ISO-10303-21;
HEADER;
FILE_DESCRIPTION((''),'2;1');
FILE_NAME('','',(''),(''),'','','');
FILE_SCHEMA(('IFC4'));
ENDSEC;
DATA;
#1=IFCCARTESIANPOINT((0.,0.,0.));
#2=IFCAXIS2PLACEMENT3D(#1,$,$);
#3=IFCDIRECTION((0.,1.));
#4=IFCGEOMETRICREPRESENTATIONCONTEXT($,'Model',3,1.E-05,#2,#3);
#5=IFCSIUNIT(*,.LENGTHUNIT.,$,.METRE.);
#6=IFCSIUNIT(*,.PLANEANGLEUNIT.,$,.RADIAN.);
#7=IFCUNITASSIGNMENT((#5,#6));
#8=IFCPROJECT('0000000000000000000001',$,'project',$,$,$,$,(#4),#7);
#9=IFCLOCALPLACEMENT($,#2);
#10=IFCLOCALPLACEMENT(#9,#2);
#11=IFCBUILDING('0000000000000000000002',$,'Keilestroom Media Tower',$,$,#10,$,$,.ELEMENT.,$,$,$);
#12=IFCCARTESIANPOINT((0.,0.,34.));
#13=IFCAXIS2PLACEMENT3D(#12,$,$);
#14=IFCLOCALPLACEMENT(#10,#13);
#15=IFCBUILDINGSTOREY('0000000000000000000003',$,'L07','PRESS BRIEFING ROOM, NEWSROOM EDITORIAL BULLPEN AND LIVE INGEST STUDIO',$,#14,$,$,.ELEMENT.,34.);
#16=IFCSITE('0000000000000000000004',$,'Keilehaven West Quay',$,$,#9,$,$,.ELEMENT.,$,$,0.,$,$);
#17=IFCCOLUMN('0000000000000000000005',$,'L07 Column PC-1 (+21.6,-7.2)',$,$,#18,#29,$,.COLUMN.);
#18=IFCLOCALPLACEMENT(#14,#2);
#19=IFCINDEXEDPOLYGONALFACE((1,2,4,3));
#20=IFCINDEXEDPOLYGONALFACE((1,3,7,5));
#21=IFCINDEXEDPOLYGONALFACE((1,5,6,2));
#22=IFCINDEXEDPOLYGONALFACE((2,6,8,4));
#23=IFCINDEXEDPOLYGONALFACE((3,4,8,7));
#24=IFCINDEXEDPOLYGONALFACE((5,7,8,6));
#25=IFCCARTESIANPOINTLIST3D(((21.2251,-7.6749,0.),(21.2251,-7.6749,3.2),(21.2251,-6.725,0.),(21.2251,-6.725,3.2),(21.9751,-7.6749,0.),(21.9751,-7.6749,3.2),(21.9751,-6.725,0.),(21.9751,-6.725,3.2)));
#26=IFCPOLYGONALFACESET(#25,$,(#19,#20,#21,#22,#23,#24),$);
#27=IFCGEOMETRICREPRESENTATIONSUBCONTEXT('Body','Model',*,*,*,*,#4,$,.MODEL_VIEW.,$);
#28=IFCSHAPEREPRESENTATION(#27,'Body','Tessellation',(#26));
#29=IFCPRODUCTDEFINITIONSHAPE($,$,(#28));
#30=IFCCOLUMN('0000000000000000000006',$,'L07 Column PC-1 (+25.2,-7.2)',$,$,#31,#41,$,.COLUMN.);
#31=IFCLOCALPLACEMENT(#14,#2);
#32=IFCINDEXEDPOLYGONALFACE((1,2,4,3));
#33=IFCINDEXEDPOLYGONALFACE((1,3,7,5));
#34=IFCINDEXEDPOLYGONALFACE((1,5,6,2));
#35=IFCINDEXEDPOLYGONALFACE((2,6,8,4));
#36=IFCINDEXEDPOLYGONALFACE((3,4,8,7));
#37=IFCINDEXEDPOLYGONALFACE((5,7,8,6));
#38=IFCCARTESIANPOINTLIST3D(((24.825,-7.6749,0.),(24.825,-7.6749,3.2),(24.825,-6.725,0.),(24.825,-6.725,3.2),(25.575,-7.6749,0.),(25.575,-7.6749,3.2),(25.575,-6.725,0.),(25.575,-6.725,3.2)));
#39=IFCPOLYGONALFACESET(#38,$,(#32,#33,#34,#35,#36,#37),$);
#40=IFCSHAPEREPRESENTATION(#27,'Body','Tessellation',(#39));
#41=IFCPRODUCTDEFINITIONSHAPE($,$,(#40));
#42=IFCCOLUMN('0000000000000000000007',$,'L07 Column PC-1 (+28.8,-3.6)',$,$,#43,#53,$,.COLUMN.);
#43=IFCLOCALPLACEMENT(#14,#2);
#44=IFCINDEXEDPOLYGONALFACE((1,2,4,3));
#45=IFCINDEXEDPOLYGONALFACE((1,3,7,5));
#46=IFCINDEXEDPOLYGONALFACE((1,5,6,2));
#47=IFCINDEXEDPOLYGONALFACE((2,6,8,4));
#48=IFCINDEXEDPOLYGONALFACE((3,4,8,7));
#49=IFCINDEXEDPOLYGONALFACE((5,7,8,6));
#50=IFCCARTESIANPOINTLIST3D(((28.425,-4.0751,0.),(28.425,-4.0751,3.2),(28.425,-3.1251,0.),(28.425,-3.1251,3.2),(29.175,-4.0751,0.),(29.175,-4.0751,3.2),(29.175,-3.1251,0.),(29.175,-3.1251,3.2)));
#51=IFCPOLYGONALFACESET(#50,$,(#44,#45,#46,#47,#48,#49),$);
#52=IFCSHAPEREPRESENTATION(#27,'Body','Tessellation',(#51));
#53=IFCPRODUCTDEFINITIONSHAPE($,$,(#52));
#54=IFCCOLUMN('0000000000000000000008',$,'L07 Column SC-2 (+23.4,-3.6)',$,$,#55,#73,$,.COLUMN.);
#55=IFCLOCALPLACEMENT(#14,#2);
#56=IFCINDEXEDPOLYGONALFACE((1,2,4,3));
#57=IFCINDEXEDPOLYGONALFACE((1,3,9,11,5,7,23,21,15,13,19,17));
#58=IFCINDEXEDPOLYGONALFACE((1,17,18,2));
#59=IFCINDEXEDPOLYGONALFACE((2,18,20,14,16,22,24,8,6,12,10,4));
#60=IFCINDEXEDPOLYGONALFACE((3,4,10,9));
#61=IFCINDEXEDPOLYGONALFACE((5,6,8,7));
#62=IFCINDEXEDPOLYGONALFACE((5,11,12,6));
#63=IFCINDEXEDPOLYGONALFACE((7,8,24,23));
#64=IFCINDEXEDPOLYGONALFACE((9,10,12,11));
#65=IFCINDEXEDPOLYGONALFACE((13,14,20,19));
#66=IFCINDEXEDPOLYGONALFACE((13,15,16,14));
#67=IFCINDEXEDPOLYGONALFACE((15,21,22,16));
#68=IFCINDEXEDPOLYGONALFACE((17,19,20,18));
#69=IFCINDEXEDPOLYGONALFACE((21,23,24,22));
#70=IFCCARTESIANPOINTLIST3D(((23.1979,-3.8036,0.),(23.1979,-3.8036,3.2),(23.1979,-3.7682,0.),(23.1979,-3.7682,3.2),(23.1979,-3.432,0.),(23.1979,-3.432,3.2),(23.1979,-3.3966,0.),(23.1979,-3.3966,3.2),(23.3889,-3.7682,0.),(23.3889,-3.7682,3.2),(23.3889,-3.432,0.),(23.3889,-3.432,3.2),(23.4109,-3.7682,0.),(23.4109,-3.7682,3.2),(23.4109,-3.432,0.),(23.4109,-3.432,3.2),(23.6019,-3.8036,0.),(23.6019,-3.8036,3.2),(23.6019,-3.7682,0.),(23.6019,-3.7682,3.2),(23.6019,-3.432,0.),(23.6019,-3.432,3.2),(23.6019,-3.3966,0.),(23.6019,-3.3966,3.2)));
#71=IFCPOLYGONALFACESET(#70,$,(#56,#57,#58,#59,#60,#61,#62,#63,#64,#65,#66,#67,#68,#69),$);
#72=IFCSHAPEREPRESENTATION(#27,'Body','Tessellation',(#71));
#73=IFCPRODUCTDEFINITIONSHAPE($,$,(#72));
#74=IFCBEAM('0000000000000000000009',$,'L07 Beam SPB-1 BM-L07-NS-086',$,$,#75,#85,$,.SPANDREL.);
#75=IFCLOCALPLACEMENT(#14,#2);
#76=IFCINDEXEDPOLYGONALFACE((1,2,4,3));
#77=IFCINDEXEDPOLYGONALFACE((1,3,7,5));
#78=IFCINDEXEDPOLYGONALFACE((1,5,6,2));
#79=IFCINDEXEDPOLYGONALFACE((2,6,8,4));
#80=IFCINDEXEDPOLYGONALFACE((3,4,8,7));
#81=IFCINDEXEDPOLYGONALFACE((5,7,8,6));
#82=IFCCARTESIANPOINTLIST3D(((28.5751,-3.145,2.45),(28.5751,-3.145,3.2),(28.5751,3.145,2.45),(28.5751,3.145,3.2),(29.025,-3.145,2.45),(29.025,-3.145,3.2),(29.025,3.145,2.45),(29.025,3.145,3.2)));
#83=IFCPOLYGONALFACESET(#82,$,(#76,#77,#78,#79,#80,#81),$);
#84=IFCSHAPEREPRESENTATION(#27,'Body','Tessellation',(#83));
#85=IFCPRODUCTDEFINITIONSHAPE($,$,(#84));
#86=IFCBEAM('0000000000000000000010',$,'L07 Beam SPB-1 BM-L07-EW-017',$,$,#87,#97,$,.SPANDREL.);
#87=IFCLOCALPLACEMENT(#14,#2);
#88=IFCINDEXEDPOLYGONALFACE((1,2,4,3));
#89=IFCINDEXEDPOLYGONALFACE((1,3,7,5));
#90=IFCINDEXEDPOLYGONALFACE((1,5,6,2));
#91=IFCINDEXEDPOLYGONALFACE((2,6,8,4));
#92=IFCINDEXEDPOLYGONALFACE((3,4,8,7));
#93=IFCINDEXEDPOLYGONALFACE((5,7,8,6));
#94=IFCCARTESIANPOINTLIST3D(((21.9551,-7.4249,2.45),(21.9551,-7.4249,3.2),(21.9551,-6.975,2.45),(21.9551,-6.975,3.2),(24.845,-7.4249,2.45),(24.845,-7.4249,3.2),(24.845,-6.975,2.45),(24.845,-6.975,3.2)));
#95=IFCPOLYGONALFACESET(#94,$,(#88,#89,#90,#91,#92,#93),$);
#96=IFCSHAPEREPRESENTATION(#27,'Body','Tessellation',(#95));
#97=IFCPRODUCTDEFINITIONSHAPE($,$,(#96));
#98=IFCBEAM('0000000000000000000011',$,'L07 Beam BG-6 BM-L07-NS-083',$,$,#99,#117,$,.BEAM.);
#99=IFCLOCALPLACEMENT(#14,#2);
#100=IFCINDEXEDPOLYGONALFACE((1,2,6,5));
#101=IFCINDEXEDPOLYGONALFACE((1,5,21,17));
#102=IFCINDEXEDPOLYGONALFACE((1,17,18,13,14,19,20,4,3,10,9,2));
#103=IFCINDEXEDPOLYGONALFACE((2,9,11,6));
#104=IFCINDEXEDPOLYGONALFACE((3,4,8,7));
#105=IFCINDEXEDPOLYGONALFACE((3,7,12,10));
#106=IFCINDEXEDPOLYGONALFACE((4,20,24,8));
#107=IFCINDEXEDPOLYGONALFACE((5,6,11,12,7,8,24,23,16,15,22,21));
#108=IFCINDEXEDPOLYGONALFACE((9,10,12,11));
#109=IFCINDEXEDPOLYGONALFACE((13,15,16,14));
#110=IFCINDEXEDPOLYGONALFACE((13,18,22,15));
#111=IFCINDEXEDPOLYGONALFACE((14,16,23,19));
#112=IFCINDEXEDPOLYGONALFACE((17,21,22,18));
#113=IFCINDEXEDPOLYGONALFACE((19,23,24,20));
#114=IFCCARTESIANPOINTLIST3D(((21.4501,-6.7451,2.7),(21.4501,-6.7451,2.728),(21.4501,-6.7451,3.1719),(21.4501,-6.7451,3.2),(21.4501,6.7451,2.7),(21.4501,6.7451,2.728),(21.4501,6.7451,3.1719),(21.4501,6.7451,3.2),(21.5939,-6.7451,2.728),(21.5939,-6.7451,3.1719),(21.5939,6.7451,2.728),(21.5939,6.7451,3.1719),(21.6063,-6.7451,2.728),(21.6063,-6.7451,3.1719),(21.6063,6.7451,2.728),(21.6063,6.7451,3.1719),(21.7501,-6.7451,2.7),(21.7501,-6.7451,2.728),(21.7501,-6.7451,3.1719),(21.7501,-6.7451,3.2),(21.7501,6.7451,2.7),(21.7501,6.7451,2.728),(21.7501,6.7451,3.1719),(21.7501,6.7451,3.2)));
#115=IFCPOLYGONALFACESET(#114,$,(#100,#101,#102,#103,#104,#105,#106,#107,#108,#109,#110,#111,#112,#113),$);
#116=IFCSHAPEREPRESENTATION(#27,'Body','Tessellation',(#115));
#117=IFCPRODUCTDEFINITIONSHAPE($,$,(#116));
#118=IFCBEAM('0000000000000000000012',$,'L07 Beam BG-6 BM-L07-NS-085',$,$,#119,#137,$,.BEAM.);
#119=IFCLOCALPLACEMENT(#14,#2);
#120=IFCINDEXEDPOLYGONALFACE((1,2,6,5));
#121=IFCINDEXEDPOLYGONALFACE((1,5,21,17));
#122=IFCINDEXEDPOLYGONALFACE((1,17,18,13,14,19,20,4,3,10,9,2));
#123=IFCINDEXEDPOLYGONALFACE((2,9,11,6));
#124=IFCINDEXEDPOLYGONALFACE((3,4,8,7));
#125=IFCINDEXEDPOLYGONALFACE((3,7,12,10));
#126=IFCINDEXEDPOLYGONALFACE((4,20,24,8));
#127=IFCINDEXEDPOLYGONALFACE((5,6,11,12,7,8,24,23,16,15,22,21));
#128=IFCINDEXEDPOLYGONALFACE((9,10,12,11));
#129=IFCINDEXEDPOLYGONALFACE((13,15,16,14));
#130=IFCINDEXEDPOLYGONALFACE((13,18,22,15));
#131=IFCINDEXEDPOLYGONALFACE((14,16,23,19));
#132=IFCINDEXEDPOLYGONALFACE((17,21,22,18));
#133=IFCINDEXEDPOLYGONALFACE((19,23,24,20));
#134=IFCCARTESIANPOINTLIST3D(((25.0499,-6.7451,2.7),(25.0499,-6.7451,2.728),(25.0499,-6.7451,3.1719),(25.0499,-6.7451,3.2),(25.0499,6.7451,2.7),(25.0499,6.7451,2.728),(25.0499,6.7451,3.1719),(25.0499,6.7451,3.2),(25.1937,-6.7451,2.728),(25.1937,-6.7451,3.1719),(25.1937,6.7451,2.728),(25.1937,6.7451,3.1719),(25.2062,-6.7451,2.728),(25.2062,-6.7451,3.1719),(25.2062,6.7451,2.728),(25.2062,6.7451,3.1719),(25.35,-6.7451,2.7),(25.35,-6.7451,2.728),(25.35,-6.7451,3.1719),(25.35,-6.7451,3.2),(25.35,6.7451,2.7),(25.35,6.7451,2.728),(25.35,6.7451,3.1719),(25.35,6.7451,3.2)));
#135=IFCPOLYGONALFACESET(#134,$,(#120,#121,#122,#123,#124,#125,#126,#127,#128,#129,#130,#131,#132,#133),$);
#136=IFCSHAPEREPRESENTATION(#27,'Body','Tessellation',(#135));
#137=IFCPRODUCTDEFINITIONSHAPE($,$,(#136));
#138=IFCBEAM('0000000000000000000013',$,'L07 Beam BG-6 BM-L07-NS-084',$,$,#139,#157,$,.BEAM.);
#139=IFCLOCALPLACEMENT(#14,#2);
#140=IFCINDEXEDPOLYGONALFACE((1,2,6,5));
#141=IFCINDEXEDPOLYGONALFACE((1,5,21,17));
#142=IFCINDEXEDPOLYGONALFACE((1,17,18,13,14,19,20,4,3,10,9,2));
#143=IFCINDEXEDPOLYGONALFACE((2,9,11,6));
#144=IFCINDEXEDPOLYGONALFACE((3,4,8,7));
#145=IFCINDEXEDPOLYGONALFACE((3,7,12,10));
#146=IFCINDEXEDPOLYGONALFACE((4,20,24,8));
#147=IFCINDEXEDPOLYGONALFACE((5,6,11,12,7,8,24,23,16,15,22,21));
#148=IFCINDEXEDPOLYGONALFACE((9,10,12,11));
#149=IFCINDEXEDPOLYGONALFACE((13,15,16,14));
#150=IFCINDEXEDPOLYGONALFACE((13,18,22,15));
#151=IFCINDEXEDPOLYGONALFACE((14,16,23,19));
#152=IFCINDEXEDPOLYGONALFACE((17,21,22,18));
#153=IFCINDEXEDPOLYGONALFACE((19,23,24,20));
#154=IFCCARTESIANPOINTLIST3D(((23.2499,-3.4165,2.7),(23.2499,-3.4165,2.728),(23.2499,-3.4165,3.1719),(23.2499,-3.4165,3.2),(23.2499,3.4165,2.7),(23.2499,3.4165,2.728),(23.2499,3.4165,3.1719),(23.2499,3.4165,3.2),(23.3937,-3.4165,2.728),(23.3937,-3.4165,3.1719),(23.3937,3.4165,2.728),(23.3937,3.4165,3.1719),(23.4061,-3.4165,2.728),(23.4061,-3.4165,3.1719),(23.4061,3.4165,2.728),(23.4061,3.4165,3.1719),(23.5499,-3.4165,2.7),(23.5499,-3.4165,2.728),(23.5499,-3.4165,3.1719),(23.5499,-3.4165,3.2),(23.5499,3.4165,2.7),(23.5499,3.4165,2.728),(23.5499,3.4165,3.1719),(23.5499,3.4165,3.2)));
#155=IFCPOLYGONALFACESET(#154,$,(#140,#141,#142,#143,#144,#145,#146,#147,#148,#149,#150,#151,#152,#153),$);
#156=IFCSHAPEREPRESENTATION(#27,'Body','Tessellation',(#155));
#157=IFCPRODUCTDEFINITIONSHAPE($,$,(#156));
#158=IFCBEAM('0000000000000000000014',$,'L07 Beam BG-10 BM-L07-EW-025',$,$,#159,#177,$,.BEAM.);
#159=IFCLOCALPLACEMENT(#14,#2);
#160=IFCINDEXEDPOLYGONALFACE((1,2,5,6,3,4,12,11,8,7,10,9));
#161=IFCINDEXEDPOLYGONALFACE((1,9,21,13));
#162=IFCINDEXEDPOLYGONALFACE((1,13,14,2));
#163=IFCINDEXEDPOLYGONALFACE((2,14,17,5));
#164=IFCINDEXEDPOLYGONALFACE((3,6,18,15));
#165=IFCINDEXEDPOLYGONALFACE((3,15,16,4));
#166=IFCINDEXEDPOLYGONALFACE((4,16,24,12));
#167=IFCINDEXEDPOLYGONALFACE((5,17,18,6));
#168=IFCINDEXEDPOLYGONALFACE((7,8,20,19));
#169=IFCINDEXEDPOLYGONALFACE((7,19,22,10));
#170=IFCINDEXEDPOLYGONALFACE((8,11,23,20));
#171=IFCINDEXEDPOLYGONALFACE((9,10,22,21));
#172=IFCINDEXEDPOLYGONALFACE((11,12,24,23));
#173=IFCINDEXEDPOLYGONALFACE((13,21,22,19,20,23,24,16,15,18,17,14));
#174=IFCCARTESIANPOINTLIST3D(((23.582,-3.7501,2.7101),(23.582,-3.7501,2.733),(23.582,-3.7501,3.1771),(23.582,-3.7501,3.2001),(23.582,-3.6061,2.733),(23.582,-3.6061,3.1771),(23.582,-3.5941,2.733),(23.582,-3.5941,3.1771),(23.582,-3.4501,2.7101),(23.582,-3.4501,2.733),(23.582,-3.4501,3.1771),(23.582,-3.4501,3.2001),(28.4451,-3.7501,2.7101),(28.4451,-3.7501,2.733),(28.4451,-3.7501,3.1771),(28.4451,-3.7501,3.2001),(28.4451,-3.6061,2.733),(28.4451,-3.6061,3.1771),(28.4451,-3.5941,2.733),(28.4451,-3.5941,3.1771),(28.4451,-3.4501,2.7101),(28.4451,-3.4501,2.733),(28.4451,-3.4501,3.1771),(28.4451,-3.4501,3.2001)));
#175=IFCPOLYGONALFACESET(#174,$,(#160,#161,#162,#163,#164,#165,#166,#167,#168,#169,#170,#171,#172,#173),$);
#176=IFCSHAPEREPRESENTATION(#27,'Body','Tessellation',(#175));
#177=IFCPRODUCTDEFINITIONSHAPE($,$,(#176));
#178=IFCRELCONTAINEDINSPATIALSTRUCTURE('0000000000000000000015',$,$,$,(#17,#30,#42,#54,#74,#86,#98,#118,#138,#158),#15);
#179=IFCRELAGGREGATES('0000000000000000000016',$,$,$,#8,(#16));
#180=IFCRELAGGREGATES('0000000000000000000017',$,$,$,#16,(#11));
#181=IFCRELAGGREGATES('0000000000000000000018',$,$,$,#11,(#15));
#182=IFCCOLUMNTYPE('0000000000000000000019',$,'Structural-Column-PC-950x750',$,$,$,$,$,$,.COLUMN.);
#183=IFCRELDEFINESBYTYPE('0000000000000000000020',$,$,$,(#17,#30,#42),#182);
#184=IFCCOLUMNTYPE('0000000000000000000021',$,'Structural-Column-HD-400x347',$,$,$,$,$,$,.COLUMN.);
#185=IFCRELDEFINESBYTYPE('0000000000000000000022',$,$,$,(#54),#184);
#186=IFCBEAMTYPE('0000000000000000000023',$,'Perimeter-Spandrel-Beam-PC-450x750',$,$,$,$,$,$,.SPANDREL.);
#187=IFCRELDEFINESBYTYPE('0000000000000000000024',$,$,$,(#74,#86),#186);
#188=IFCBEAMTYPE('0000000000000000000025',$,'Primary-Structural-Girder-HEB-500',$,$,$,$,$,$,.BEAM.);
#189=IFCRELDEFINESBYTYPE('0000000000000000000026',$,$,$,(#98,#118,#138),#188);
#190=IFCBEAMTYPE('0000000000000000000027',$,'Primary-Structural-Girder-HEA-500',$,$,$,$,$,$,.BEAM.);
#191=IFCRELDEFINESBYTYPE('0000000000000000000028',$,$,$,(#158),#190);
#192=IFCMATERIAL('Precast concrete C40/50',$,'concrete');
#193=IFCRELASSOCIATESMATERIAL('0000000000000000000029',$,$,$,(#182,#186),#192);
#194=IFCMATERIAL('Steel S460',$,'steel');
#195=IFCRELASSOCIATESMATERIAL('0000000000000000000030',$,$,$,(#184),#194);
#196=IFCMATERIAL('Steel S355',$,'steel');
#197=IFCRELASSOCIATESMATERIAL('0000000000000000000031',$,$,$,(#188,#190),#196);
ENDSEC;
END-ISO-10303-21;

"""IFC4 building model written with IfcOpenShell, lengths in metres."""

from ifc_helpers import new_model, si_unit, direction, frame, origin, origin_2d, place, context, subcontext, project, spatial, rectangle, i_section, extrude, source, transform, mapped, material, material_profile, profile_set, type_object, element, save


model = new_model("IFC4")

# Units and contexts
model_context = context("Model", 3, precision=1e-05, world=origin(), true_north=direction((0.0, 1.0)))
body_context = subcontext(model_context, "Body", "Model", "MODEL_VIEW")
ifc_project = project(units=[si_unit("LENGTHUNIT", "METRE"), si_unit("PLANEANGLEUNIT", "RADIAN")], contexts=[model_context])

# Site, building, storey
site_placement = place(None, origin())
site = spatial("IfcSite", under=ifc_project, at=site_placement, Name="Keilehaven West Quay", CompositionType="ELEMENT", RefElevation=0.0)
building_placement = place(site_placement, origin())
building = spatial("IfcBuilding", under=site, at=building_placement, Name="Keilestroom Media Tower", CompositionType="ELEMENT")
storey_placement = place(building_placement, frame((0.0, 0.0, 34.0)))
storey = spatial("IfcBuildingStorey", under=building, at=storey_placement, Name="L07", Description="PRESS BRIEFING ROOM, NEWSROOM EDITORIAL BULLPEN AND LIVE INGEST STUDIO", CompositionType="ELEMENT", Elevation=34.0)

# Columns
ifc_material_1 = material(Name="Precast concrete C40/50", Category="concrete")
ifc_material_profile_1 = material_profile(ifc_material_1, rectangle(XDim=0.75, YDim=0.95, at=origin_2d()), Name="PC 950x750")
ifc_profile_set_1 = profile_set([ifc_material_profile_1], Name="Precast concrete C40/50")
column_type_1 = type_object("IfcColumnType", Name="Structural-Column-PC-950x750", PredefinedType="COLUMN", material=ifc_profile_set_1)
shared_shape_1 = source(origin(), body_context, "Body", "SweptSolid", [
    extrude(rectangle(XDim=0.75, YDim=0.95, at=origin_2d()), origin(), (0.0, 0.0, 1.0), 3.2),
])
for number, where, z_axis, x_axis, name in (
    (1, (21.6001, -7.2, 0.0), (0.0, 0.0, 1.0), (1.0, 0.0, 0.0), "L07 Column PC-1 (+21.6,-7.2)"),
    (2, (25.2, -7.2, 0.0), (0.0, 0.0, 1.0), (1.0, 0.0, 0.0), "L07 Column PC-1 (+25.2,-7.2)"),
    (3, (28.8, -3.6001, 0.0), (0.0, 0.0, 1.0), (1.0, 0.0, 0.0), "L07 Column PC-1 (+28.8,-3.6)"),
):
    element("IfcColumn", number, at=place(storey_placement, frame(where, z_axis=z_axis, x_axis=x_axis)), inside=storey, type_object=column_type_1, Name=name, PredefinedType="COLUMN", context=body_context, shape_type="MappedRepresentation", body=[
        mapped(shared_shape_1, transform((0.0, 0.0, 0.0), x_axis=(1.0, 0.0, 0.0), y_axis=(0.0, 1.0, 0.0), z_axis=(0.0, 0.0, 1.0), scale=1.0)),
    ])
ifc_material_2 = material(Name="Steel S460", Category="steel")
ifc_material_profile_2 = material_profile(ifc_material_2, i_section(OverallWidth=0.4041, OverallDepth=0.407, WebThickness=0.022, FlangeThickness=0.0354, at=origin_2d()), Name="HD 400x347")
ifc_profile_set_2 = profile_set([ifc_material_profile_2], Name="Steel S460")
column_type_2 = type_object("IfcColumnType", Name="Structural-Column-HD-400x347", PredefinedType="COLUMN", material=ifc_profile_set_2)
shared_shape_2 = source(origin(), body_context, "Body", "SweptSolid", [
    extrude(i_section(OverallWidth=0.4041, OverallDepth=0.407, WebThickness=0.022, FlangeThickness=0.0354, at=origin_2d()), origin(), (0.0, 0.0, 1.0), 3.2),
])
column_placement = place(storey_placement, frame((23.3999, -3.6001, 0.0), z_axis=(0.0, 0.0, 1.0), x_axis=(1.0, 0.0, 0.0)))
element("IfcColumn", 4, at=column_placement, inside=storey, type_object=column_type_2, Name="L07 Column SC-2 (+23.4,-3.6)", PredefinedType="COLUMN", context=body_context, shape_type="MappedRepresentation", body=[
    mapped(shared_shape_2, transform((0.0, 0.0, 0.0), x_axis=(1.0, 0.0, 0.0), y_axis=(0.0, 1.0, 0.0), z_axis=(0.0, 0.0, 1.0), scale=1.0)),
])

# Beams
ifc_material_profile_3 = material_profile(ifc_material_1, rectangle(XDim=0.45, YDim=0.75, at=origin_2d()), Name="PC 450x750")
ifc_profile_set_3 = profile_set([ifc_material_profile_3], Name="Precast concrete C40/50")
beam_type_1 = type_object("IfcBeamType", Name="Perimeter-Spandrel-Beam-PC-450x750", PredefinedType="SPANDREL", material=ifc_profile_set_3)
shared_shape_3 = source(origin(), body_context, "Body", "SweptSolid", [
    extrude(rectangle(XDim=0.45, YDim=0.75, at=origin_2d()), origin(), (0.0, 0.0, 1.0), 6.29),
])
beam_1_placement = place(storey_placement, frame((28.8, -3.145, 2.825), z_axis=(0.0, 1.0, 0.0), x_axis=(-1.0, 0.0, 0.0)))
element("IfcBeam", 5, at=beam_1_placement, inside=storey, type_object=beam_type_1, Name="L07 Beam SPB-1 BM-L07-NS-086", PredefinedType="SPANDREL", context=body_context, shape_type="MappedRepresentation", body=[
    mapped(shared_shape_3, transform((0.0, 0.0, 0.0), x_axis=(1.0, 0.0, 0.0), y_axis=(0.0, 1.0, 0.0), z_axis=(0.0, 0.0, 1.0), scale=1.0)),
])
shared_shape_4 = source(origin(), body_context, "Body", "SweptSolid", [
    extrude(rectangle(XDim=0.45, YDim=0.75, at=origin_2d()), origin(), (0.0, 0.0, 1.0), 2.8899),
])
beam_2_placement = place(storey_placement, frame((21.9551, -7.2, 2.825), z_axis=(1.0, 0.0, 0.0), x_axis=(0.0, 1.0, 0.0)))
element("IfcBeam", 6, at=beam_2_placement, inside=storey, type_object=beam_type_1, Name="L07 Beam SPB-1 BM-L07-EW-017", PredefinedType="SPANDREL", context=body_context, shape_type="MappedRepresentation", body=[
    mapped(shared_shape_4, transform((0.0, 0.0, 0.0), x_axis=(1.0, 0.0, 0.0), y_axis=(0.0, 1.0, 0.0), z_axis=(0.0, 0.0, 1.0), scale=1.0)),
])
ifc_material_3 = material(Name="Steel S355", Category="steel")
ifc_material_profile_4 = material_profile(ifc_material_3, i_section(OverallWidth=0.3, OverallDepth=0.5, WebThickness=0.0125, FlangeThickness=0.0281, at=origin_2d()), Name="HEB 500")
ifc_profile_set_4 = profile_set([ifc_material_profile_4], Name="Steel S355")
beam_type_2 = type_object("IfcBeamType", Name="Primary-Structural-Girder-HEB-500", PredefinedType="BEAM", material=ifc_profile_set_4)
shared_shape_5 = source(origin(), body_context, "Body", "SweptSolid", [
    extrude(i_section(OverallWidth=0.3, OverallDepth=0.5, WebThickness=0.0125, FlangeThickness=0.0281, at=origin_2d()), origin(), (0.0, 0.0, 1.0), 13.4902),
])
for number, where, z_axis, x_axis, name in (
    (7, (21.6001, -6.7451, 2.95), (0.0, 1.0, 0.0), (-1.0, 0.0, 0.0), "L07 Beam BG-6 BM-L07-NS-083"),
    (8, (25.2, -6.7451, 2.95), (0.0, 1.0, 0.0), (-1.0, 0.0, 0.0), "L07 Beam BG-6 BM-L07-NS-085"),
):
    element("IfcBeam", number, at=place(storey_placement, frame(where, z_axis=z_axis, x_axis=x_axis)), inside=storey, type_object=beam_type_2, Name=name, PredefinedType="BEAM", context=body_context, shape_type="MappedRepresentation", body=[
        mapped(shared_shape_5, transform((0.0, 0.0, 0.0), x_axis=(1.0, 0.0, 0.0), y_axis=(0.0, 1.0, 0.0), z_axis=(0.0, 0.0, 1.0), scale=1.0)),
    ])
shared_shape_6 = source(origin(), body_context, "Body", "SweptSolid", [
    extrude(i_section(OverallWidth=0.3, OverallDepth=0.5, WebThickness=0.0125, FlangeThickness=0.0281, at=origin_2d()), origin(), (0.0, 0.0, 1.0), 6.833),
])
beam_3_placement = place(storey_placement, frame((23.3999, -3.4165, 2.95), z_axis=(0.0, 1.0, 0.0), x_axis=(-1.0, 0.0, 0.0)))
element("IfcBeam", 9, at=beam_3_placement, inside=storey, type_object=beam_type_2, Name="L07 Beam BG-6 BM-L07-NS-084", PredefinedType="BEAM", context=body_context, shape_type="MappedRepresentation", body=[
    mapped(shared_shape_6, transform((0.0, 0.0, 0.0), x_axis=(1.0, 0.0, 0.0), y_axis=(0.0, 1.0, 0.0), z_axis=(0.0, 0.0, 1.0), scale=1.0)),
])
ifc_material_profile_5 = material_profile(ifc_material_3, i_section(OverallWidth=0.3, OverallDepth=0.49, WebThickness=0.012, FlangeThickness=0.0229, at=origin_2d()), Name="HEA 500")
ifc_profile_set_5 = profile_set([ifc_material_profile_5], Name="Steel S355")
beam_type_3 = type_object("IfcBeamType", Name="Primary-Structural-Girder-HEA-500", PredefinedType="BEAM", material=ifc_profile_set_5)
shared_shape_7 = source(origin(), body_context, "Body", "SweptSolid", [
    extrude(i_section(OverallWidth=0.3, OverallDepth=0.49, WebThickness=0.012, FlangeThickness=0.0229, at=origin_2d()), origin(), (0.0, 0.0, 1.0), 4.863),
])
beam_4_placement = place(storey_placement, frame((23.582, -3.6001, 2.9551), z_axis=(1.0, 0.0, 0.0), x_axis=(0.0, 1.0, 0.0)))
element("IfcBeam", 10, at=beam_4_placement, inside=storey, type_object=beam_type_3, Name="L07 Beam BG-10 BM-L07-EW-025", PredefinedType="BEAM", context=body_context, shape_type="MappedRepresentation", body=[
    mapped(shared_shape_7, transform((0.0, 0.0, 0.0), x_axis=(1.0, 0.0, 0.0), y_axis=(0.0, 1.0, 0.0), z_axis=(0.0, 0.0, 1.0), scale=1.0)),
])

save(model, "model.ifc")
